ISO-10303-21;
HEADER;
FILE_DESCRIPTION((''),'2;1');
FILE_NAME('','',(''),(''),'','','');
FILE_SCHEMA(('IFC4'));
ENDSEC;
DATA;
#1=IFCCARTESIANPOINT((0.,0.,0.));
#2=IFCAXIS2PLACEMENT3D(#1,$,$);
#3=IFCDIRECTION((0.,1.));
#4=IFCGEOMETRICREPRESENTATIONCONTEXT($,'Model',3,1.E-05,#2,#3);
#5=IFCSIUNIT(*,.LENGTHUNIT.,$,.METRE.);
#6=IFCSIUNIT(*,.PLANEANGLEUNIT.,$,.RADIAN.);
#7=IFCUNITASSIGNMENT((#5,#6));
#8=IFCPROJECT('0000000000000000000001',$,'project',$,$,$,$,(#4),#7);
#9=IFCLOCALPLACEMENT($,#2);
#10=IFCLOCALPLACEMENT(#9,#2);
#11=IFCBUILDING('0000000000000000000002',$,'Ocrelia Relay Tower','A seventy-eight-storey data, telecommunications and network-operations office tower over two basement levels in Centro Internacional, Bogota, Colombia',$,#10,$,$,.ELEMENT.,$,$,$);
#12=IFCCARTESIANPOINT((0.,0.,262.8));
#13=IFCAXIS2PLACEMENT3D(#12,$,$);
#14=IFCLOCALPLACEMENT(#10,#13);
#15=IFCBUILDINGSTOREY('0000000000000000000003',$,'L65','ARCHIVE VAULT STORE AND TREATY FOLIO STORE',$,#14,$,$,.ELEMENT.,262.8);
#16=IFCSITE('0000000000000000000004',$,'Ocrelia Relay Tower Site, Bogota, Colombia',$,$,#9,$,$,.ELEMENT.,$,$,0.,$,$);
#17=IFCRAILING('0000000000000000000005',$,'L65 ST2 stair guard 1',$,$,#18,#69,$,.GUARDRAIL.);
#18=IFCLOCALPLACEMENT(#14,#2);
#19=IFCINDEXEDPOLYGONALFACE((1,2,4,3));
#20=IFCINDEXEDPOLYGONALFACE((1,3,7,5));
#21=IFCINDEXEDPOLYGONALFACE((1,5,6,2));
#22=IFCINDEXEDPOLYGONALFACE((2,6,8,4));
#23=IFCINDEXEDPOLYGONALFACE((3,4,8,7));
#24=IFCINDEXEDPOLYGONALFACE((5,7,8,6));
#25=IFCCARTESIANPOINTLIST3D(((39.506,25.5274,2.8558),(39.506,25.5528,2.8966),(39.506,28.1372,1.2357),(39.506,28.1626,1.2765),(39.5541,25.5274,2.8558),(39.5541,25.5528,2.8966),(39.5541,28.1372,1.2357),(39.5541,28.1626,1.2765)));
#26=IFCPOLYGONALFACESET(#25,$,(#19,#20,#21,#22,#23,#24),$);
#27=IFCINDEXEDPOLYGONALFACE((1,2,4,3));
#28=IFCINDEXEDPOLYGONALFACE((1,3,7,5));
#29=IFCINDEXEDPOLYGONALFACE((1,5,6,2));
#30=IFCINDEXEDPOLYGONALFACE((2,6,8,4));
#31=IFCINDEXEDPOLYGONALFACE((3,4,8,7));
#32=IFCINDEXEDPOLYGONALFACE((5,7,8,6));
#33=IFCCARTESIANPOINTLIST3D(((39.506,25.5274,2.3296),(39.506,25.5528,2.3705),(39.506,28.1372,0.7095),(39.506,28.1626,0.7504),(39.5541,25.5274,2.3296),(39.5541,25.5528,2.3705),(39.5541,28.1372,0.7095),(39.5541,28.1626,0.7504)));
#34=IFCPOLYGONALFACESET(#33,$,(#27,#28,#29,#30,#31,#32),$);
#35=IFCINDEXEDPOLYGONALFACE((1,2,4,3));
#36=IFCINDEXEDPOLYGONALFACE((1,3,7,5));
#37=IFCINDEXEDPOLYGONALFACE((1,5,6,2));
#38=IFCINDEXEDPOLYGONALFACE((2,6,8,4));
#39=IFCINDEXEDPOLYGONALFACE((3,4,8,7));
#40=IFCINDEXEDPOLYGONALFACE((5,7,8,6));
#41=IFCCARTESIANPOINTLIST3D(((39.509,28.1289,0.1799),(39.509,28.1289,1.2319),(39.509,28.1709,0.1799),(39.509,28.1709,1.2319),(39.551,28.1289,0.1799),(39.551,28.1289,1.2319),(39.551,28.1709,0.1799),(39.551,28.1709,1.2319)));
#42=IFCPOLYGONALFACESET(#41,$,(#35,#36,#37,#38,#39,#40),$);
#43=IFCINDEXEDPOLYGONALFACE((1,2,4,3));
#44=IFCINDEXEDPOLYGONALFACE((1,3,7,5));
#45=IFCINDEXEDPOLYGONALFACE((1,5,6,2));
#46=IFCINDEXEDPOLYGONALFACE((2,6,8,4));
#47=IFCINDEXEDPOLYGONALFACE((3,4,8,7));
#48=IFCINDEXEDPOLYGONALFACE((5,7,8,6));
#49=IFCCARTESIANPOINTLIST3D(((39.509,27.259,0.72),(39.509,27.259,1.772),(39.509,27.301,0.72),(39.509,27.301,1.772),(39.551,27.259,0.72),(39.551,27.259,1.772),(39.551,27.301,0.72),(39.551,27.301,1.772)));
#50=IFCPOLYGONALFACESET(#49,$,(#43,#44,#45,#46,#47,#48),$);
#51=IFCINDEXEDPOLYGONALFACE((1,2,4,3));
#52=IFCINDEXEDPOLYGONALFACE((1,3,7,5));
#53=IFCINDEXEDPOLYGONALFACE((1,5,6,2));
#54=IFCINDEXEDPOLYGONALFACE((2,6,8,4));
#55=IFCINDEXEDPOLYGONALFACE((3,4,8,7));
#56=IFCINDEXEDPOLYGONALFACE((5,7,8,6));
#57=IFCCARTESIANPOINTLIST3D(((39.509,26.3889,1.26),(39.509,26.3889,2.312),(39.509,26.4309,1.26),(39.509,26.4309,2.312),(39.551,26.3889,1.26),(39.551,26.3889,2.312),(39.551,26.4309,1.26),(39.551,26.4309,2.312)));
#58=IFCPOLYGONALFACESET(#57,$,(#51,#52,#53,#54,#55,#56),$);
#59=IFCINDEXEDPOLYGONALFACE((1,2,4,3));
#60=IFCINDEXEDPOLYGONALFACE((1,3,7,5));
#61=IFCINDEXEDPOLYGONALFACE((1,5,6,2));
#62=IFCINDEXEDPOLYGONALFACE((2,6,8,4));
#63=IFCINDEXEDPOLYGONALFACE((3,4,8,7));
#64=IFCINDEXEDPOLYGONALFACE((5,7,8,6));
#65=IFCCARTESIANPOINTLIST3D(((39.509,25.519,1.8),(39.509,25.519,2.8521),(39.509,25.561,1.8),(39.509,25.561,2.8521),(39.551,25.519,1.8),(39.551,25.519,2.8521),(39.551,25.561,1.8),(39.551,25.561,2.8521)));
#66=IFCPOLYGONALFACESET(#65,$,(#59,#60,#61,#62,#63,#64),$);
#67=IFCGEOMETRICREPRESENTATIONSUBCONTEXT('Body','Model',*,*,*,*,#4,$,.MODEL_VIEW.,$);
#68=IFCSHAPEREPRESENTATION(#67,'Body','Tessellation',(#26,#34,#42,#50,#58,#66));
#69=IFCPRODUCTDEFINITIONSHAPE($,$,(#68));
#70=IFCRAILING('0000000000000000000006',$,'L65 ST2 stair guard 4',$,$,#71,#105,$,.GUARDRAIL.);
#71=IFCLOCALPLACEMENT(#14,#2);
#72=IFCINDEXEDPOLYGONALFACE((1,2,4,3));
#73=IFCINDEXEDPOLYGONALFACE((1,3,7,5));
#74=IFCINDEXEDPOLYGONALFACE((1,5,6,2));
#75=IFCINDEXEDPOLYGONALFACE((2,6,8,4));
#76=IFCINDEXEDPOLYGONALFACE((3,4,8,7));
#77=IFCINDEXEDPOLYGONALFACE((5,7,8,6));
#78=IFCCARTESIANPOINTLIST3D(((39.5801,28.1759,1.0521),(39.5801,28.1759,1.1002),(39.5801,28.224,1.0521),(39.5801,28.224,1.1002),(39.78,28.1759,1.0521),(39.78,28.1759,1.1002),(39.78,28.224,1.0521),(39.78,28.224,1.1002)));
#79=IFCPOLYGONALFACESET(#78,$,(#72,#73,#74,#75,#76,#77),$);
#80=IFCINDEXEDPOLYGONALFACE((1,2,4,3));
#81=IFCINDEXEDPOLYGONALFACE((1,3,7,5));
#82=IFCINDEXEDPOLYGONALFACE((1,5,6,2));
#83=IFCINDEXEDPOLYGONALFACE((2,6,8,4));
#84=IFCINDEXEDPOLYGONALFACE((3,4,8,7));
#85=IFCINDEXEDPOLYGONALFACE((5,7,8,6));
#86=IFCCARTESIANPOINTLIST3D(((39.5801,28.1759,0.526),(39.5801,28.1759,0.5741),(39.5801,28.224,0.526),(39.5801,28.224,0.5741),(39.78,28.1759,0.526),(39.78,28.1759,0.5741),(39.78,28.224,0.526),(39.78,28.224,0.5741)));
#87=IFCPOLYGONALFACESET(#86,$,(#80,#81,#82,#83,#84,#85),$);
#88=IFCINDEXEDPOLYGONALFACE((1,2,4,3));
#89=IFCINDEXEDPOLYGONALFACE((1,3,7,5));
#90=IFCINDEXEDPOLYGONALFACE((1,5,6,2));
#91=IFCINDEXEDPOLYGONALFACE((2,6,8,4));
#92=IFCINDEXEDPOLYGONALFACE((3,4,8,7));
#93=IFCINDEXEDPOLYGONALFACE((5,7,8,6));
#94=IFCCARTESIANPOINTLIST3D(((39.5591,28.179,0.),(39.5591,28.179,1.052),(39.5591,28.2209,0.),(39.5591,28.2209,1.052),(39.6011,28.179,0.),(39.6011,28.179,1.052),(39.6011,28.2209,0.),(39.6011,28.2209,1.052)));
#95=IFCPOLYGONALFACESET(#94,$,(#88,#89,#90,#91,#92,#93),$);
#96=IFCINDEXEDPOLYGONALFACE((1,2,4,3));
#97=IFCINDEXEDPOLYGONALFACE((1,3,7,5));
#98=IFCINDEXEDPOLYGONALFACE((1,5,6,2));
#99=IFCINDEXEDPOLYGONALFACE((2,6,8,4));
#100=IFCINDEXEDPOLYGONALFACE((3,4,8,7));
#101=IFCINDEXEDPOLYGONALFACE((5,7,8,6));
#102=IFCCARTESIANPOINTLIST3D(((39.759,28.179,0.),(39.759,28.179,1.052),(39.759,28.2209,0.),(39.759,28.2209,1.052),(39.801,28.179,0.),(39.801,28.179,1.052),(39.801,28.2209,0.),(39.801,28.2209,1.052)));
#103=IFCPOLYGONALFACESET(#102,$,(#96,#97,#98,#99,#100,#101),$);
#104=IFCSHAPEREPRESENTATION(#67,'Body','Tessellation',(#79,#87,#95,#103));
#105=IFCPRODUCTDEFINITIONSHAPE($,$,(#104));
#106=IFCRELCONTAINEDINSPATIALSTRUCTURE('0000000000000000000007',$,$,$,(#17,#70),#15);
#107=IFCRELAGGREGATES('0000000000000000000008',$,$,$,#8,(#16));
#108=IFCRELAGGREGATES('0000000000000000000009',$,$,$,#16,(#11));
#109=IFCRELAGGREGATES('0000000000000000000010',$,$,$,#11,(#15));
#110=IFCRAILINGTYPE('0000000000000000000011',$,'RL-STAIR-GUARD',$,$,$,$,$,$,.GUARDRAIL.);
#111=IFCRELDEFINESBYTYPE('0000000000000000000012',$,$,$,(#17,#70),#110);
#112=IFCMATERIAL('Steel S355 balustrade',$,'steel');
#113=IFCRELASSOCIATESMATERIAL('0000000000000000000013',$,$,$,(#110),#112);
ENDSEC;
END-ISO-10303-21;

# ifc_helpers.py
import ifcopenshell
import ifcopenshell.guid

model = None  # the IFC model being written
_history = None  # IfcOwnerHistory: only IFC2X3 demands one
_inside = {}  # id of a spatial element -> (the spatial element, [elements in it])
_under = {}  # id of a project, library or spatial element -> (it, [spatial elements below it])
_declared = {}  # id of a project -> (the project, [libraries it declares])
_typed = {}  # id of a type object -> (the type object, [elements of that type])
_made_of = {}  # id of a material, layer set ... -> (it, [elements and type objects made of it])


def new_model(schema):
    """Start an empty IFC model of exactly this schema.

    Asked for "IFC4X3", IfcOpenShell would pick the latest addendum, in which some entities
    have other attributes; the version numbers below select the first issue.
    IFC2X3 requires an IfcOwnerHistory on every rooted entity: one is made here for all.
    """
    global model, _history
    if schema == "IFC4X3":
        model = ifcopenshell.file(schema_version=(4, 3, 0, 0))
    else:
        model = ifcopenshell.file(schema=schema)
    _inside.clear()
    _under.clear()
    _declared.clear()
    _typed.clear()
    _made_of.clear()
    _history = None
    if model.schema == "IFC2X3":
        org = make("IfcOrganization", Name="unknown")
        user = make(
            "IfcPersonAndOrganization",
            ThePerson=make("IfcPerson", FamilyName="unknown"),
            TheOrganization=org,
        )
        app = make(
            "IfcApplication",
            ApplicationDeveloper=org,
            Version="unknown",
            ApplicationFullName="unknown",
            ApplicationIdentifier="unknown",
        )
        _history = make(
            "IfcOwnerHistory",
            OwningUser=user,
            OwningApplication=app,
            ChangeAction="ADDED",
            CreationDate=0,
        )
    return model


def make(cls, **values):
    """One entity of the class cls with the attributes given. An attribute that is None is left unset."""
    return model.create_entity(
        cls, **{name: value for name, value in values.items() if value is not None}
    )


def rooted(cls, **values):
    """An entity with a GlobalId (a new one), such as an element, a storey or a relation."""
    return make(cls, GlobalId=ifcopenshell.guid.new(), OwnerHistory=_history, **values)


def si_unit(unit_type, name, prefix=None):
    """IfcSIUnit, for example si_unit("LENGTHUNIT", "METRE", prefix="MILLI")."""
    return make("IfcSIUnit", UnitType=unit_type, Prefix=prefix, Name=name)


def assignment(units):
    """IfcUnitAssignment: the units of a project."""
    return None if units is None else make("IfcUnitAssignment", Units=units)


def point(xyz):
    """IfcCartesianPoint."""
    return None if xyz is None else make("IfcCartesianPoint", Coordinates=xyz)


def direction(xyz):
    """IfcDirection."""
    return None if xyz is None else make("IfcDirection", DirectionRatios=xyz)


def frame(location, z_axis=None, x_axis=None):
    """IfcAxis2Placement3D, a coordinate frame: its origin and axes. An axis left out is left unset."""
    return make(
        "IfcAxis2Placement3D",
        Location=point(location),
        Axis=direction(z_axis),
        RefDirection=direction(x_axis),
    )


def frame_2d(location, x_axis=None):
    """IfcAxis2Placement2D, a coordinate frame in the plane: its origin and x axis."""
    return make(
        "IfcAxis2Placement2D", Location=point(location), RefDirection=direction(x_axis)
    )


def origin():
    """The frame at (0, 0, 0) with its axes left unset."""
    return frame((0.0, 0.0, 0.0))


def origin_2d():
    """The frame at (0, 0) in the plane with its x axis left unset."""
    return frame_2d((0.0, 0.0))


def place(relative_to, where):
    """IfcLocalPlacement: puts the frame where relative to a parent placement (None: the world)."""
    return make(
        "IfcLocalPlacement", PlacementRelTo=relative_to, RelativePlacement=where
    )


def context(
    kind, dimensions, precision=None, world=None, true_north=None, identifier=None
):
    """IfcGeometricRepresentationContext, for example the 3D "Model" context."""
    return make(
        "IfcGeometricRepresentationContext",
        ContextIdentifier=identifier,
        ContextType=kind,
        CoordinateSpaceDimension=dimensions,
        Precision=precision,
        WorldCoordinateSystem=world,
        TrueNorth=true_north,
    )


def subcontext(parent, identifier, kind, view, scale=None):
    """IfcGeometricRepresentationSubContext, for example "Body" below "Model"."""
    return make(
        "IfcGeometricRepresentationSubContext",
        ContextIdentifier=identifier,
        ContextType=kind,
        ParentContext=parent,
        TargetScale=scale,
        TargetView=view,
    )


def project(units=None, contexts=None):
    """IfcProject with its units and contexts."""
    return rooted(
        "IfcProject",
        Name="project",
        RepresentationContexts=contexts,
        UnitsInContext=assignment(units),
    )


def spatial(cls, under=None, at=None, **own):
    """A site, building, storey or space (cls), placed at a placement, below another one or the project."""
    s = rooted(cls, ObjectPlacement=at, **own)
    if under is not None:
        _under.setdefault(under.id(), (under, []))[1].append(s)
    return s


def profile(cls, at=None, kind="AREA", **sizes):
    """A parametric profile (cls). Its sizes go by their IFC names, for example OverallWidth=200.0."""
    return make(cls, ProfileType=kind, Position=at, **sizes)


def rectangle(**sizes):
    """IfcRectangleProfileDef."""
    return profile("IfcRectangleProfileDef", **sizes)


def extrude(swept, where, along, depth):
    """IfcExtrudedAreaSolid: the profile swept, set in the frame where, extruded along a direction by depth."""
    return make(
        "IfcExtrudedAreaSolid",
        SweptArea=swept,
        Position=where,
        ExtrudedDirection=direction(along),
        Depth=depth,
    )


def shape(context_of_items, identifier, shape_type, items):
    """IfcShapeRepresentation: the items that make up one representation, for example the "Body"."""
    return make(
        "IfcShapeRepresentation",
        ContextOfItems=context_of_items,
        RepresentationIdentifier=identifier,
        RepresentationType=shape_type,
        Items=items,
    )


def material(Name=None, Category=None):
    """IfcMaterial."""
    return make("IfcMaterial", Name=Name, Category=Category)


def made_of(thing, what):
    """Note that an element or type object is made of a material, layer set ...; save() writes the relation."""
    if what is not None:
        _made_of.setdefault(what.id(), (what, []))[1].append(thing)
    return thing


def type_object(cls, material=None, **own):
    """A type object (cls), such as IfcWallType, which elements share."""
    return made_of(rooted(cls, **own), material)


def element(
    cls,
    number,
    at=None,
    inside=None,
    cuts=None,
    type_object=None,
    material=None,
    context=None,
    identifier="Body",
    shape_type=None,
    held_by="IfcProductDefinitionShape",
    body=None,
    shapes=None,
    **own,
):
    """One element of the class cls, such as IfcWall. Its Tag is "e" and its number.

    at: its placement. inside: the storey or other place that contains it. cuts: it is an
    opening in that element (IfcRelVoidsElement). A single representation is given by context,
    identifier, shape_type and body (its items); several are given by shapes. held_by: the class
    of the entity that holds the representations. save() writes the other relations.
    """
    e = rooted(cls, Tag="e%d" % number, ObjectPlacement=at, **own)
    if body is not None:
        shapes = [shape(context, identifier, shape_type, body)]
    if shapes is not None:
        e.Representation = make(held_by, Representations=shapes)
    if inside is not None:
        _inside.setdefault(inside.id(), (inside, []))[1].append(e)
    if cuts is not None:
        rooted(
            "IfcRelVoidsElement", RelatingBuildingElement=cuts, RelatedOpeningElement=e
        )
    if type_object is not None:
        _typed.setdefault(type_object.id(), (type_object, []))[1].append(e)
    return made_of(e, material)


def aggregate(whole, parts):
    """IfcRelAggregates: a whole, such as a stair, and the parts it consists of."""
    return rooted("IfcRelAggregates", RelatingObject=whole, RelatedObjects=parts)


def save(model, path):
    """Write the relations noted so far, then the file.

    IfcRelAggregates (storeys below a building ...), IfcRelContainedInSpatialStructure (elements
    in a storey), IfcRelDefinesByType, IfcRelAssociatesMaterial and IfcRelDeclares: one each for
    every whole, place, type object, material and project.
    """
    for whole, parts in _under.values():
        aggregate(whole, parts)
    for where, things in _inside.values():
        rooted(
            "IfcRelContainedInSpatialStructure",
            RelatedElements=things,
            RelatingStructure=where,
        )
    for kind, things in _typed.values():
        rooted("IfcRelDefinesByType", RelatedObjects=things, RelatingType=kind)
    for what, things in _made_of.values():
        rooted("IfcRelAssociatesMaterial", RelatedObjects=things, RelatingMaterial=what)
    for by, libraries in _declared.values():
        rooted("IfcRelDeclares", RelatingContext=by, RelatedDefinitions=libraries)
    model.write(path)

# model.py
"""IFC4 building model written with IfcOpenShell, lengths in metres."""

from ifc_helpers import new_model, si_unit, direction, frame, origin, origin_2d, place, context, subcontext, project, spatial, rectangle, extrude, material, type_object, element, save


model = new_model("IFC4")

# Units and contexts
model_context = context("Model", 3, precision=1e-05, world=origin(), true_north=direction((0.0, 1.0)))
body_context = subcontext(model_context, "Body", "Model", "MODEL_VIEW")
ifc_project = project(units=[si_unit("LENGTHUNIT", "METRE"), si_unit("PLANEANGLEUNIT", "RADIAN")], contexts=[model_context])

# Site, building, storey
site_placement = place(None, origin())
site = spatial("IfcSite", under=ifc_project, at=site_placement, Name="Ocrelia Relay Tower Site, Bogota, Colombia", CompositionType="ELEMENT", RefElevation=0.0)
building_placement = place(site_placement, origin())
building = spatial("IfcBuilding", under=site, at=building_placement, Name="Ocrelia Relay Tower", Description="A seventy-eight-storey data, telecommunications and network-operations office tower over two basement levels in Centro Internacional, Bogota, Colombia", CompositionType="ELEMENT")
storey_placement = place(building_placement, frame((0.0, 0.0, 262.8)))
storey = spatial("IfcBuildingStorey", under=building, at=storey_placement, Name="L65", Description="ARCHIVE VAULT STORE AND TREATY FOLIO STORE", CompositionType="ELEMENT", Elevation=262.8)

# Railings
ifc_material_1 = material(Name="Steel S355 balustrade", Category="steel")
railing_type = type_object("IfcRailingType", Name="RL-STAIR-GUARD", PredefinedType="GUARDRAIL", material=ifc_material_1)
railing_1_placement = place(storey_placement, frame((39.53, 28.1499, 0.1799)))
element("IfcRailing", 1, at=railing_1_placement, inside=storey, type_object=railing_type, Name="L65 ST2 stair guard 1", PredefinedType="GUARDRAIL", context=body_context, shape_type="SweptSolid", body=[
    extrude(rectangle(XDim=0.0481, YDim=0.0481, at=origin_2d()), frame((0.0, 0.0, 1.0762), z_axis=(0.0, -0.849611, 0.52741), x_axis=(1.0, 0.0, 0.0)), (0.0, 0.0, 1.0), 3.0718),
    extrude(rectangle(XDim=0.0481, YDim=0.0481, at=origin_2d()), frame((0.0, 0.0, 0.55), z_axis=(0.0, -0.849611, 0.52741), x_axis=(1.0, 0.0, 0.0)), (0.0, 0.0, 1.0), 3.0718),
    extrude(rectangle(XDim=0.042, YDim=0.042, at=origin_2d()), origin(), (0.0, 0.0, 1.0), 1.052),
    extrude(rectangle(XDim=0.042, YDim=0.042, at=origin_2d()), frame((0.0, -0.8699, 0.54)), (0.0, 0.0, 1.0), 1.052),
    extrude(rectangle(XDim=0.042, YDim=0.042, at=origin_2d()), frame((0.0, -1.74, 1.0801)), (0.0, 0.0, 1.0), 1.052),
    extrude(rectangle(XDim=0.042, YDim=0.042, at=origin_2d()), frame((0.0, -2.6099, 1.6201)), (0.0, 0.0, 1.0), 1.052),
])
railing_2_placement = place(storey_placement, frame((39.5801, 28.2, 0.0)))
element("IfcRailing", 2, at=railing_2_placement, inside=storey, type_object=railing_type, Name="L65 ST2 stair guard 4", PredefinedType="GUARDRAIL", context=body_context, shape_type="SweptSolid", body=[
    extrude(rectangle(XDim=0.0481, YDim=0.0481, at=origin_2d()), frame((0.0, 0.0, 1.0762), z_axis=(1.0, 0.0, 0.0), x_axis=(0.0, 1.0, 0.0)), (0.0, 0.0, 1.0), 0.2),
    extrude(rectangle(XDim=0.0481, YDim=0.0481, at=origin_2d()), frame((0.0, 0.0, 0.55), z_axis=(1.0, 0.0, 0.0), x_axis=(0.0, 1.0, 0.0)), (0.0, 0.0, 1.0), 0.2),
    extrude(rectangle(XDim=0.042, YDim=0.042, at=origin_2d()), origin(), (0.0, 0.0, 1.0), 1.052),
    extrude(rectangle(XDim=0.042, YDim=0.042, at=origin_2d()), frame((0.2, 0.0, 0.0)), (0.0, 0.0, 1.0), 1.052),
])

save(model, "model.ifc")
